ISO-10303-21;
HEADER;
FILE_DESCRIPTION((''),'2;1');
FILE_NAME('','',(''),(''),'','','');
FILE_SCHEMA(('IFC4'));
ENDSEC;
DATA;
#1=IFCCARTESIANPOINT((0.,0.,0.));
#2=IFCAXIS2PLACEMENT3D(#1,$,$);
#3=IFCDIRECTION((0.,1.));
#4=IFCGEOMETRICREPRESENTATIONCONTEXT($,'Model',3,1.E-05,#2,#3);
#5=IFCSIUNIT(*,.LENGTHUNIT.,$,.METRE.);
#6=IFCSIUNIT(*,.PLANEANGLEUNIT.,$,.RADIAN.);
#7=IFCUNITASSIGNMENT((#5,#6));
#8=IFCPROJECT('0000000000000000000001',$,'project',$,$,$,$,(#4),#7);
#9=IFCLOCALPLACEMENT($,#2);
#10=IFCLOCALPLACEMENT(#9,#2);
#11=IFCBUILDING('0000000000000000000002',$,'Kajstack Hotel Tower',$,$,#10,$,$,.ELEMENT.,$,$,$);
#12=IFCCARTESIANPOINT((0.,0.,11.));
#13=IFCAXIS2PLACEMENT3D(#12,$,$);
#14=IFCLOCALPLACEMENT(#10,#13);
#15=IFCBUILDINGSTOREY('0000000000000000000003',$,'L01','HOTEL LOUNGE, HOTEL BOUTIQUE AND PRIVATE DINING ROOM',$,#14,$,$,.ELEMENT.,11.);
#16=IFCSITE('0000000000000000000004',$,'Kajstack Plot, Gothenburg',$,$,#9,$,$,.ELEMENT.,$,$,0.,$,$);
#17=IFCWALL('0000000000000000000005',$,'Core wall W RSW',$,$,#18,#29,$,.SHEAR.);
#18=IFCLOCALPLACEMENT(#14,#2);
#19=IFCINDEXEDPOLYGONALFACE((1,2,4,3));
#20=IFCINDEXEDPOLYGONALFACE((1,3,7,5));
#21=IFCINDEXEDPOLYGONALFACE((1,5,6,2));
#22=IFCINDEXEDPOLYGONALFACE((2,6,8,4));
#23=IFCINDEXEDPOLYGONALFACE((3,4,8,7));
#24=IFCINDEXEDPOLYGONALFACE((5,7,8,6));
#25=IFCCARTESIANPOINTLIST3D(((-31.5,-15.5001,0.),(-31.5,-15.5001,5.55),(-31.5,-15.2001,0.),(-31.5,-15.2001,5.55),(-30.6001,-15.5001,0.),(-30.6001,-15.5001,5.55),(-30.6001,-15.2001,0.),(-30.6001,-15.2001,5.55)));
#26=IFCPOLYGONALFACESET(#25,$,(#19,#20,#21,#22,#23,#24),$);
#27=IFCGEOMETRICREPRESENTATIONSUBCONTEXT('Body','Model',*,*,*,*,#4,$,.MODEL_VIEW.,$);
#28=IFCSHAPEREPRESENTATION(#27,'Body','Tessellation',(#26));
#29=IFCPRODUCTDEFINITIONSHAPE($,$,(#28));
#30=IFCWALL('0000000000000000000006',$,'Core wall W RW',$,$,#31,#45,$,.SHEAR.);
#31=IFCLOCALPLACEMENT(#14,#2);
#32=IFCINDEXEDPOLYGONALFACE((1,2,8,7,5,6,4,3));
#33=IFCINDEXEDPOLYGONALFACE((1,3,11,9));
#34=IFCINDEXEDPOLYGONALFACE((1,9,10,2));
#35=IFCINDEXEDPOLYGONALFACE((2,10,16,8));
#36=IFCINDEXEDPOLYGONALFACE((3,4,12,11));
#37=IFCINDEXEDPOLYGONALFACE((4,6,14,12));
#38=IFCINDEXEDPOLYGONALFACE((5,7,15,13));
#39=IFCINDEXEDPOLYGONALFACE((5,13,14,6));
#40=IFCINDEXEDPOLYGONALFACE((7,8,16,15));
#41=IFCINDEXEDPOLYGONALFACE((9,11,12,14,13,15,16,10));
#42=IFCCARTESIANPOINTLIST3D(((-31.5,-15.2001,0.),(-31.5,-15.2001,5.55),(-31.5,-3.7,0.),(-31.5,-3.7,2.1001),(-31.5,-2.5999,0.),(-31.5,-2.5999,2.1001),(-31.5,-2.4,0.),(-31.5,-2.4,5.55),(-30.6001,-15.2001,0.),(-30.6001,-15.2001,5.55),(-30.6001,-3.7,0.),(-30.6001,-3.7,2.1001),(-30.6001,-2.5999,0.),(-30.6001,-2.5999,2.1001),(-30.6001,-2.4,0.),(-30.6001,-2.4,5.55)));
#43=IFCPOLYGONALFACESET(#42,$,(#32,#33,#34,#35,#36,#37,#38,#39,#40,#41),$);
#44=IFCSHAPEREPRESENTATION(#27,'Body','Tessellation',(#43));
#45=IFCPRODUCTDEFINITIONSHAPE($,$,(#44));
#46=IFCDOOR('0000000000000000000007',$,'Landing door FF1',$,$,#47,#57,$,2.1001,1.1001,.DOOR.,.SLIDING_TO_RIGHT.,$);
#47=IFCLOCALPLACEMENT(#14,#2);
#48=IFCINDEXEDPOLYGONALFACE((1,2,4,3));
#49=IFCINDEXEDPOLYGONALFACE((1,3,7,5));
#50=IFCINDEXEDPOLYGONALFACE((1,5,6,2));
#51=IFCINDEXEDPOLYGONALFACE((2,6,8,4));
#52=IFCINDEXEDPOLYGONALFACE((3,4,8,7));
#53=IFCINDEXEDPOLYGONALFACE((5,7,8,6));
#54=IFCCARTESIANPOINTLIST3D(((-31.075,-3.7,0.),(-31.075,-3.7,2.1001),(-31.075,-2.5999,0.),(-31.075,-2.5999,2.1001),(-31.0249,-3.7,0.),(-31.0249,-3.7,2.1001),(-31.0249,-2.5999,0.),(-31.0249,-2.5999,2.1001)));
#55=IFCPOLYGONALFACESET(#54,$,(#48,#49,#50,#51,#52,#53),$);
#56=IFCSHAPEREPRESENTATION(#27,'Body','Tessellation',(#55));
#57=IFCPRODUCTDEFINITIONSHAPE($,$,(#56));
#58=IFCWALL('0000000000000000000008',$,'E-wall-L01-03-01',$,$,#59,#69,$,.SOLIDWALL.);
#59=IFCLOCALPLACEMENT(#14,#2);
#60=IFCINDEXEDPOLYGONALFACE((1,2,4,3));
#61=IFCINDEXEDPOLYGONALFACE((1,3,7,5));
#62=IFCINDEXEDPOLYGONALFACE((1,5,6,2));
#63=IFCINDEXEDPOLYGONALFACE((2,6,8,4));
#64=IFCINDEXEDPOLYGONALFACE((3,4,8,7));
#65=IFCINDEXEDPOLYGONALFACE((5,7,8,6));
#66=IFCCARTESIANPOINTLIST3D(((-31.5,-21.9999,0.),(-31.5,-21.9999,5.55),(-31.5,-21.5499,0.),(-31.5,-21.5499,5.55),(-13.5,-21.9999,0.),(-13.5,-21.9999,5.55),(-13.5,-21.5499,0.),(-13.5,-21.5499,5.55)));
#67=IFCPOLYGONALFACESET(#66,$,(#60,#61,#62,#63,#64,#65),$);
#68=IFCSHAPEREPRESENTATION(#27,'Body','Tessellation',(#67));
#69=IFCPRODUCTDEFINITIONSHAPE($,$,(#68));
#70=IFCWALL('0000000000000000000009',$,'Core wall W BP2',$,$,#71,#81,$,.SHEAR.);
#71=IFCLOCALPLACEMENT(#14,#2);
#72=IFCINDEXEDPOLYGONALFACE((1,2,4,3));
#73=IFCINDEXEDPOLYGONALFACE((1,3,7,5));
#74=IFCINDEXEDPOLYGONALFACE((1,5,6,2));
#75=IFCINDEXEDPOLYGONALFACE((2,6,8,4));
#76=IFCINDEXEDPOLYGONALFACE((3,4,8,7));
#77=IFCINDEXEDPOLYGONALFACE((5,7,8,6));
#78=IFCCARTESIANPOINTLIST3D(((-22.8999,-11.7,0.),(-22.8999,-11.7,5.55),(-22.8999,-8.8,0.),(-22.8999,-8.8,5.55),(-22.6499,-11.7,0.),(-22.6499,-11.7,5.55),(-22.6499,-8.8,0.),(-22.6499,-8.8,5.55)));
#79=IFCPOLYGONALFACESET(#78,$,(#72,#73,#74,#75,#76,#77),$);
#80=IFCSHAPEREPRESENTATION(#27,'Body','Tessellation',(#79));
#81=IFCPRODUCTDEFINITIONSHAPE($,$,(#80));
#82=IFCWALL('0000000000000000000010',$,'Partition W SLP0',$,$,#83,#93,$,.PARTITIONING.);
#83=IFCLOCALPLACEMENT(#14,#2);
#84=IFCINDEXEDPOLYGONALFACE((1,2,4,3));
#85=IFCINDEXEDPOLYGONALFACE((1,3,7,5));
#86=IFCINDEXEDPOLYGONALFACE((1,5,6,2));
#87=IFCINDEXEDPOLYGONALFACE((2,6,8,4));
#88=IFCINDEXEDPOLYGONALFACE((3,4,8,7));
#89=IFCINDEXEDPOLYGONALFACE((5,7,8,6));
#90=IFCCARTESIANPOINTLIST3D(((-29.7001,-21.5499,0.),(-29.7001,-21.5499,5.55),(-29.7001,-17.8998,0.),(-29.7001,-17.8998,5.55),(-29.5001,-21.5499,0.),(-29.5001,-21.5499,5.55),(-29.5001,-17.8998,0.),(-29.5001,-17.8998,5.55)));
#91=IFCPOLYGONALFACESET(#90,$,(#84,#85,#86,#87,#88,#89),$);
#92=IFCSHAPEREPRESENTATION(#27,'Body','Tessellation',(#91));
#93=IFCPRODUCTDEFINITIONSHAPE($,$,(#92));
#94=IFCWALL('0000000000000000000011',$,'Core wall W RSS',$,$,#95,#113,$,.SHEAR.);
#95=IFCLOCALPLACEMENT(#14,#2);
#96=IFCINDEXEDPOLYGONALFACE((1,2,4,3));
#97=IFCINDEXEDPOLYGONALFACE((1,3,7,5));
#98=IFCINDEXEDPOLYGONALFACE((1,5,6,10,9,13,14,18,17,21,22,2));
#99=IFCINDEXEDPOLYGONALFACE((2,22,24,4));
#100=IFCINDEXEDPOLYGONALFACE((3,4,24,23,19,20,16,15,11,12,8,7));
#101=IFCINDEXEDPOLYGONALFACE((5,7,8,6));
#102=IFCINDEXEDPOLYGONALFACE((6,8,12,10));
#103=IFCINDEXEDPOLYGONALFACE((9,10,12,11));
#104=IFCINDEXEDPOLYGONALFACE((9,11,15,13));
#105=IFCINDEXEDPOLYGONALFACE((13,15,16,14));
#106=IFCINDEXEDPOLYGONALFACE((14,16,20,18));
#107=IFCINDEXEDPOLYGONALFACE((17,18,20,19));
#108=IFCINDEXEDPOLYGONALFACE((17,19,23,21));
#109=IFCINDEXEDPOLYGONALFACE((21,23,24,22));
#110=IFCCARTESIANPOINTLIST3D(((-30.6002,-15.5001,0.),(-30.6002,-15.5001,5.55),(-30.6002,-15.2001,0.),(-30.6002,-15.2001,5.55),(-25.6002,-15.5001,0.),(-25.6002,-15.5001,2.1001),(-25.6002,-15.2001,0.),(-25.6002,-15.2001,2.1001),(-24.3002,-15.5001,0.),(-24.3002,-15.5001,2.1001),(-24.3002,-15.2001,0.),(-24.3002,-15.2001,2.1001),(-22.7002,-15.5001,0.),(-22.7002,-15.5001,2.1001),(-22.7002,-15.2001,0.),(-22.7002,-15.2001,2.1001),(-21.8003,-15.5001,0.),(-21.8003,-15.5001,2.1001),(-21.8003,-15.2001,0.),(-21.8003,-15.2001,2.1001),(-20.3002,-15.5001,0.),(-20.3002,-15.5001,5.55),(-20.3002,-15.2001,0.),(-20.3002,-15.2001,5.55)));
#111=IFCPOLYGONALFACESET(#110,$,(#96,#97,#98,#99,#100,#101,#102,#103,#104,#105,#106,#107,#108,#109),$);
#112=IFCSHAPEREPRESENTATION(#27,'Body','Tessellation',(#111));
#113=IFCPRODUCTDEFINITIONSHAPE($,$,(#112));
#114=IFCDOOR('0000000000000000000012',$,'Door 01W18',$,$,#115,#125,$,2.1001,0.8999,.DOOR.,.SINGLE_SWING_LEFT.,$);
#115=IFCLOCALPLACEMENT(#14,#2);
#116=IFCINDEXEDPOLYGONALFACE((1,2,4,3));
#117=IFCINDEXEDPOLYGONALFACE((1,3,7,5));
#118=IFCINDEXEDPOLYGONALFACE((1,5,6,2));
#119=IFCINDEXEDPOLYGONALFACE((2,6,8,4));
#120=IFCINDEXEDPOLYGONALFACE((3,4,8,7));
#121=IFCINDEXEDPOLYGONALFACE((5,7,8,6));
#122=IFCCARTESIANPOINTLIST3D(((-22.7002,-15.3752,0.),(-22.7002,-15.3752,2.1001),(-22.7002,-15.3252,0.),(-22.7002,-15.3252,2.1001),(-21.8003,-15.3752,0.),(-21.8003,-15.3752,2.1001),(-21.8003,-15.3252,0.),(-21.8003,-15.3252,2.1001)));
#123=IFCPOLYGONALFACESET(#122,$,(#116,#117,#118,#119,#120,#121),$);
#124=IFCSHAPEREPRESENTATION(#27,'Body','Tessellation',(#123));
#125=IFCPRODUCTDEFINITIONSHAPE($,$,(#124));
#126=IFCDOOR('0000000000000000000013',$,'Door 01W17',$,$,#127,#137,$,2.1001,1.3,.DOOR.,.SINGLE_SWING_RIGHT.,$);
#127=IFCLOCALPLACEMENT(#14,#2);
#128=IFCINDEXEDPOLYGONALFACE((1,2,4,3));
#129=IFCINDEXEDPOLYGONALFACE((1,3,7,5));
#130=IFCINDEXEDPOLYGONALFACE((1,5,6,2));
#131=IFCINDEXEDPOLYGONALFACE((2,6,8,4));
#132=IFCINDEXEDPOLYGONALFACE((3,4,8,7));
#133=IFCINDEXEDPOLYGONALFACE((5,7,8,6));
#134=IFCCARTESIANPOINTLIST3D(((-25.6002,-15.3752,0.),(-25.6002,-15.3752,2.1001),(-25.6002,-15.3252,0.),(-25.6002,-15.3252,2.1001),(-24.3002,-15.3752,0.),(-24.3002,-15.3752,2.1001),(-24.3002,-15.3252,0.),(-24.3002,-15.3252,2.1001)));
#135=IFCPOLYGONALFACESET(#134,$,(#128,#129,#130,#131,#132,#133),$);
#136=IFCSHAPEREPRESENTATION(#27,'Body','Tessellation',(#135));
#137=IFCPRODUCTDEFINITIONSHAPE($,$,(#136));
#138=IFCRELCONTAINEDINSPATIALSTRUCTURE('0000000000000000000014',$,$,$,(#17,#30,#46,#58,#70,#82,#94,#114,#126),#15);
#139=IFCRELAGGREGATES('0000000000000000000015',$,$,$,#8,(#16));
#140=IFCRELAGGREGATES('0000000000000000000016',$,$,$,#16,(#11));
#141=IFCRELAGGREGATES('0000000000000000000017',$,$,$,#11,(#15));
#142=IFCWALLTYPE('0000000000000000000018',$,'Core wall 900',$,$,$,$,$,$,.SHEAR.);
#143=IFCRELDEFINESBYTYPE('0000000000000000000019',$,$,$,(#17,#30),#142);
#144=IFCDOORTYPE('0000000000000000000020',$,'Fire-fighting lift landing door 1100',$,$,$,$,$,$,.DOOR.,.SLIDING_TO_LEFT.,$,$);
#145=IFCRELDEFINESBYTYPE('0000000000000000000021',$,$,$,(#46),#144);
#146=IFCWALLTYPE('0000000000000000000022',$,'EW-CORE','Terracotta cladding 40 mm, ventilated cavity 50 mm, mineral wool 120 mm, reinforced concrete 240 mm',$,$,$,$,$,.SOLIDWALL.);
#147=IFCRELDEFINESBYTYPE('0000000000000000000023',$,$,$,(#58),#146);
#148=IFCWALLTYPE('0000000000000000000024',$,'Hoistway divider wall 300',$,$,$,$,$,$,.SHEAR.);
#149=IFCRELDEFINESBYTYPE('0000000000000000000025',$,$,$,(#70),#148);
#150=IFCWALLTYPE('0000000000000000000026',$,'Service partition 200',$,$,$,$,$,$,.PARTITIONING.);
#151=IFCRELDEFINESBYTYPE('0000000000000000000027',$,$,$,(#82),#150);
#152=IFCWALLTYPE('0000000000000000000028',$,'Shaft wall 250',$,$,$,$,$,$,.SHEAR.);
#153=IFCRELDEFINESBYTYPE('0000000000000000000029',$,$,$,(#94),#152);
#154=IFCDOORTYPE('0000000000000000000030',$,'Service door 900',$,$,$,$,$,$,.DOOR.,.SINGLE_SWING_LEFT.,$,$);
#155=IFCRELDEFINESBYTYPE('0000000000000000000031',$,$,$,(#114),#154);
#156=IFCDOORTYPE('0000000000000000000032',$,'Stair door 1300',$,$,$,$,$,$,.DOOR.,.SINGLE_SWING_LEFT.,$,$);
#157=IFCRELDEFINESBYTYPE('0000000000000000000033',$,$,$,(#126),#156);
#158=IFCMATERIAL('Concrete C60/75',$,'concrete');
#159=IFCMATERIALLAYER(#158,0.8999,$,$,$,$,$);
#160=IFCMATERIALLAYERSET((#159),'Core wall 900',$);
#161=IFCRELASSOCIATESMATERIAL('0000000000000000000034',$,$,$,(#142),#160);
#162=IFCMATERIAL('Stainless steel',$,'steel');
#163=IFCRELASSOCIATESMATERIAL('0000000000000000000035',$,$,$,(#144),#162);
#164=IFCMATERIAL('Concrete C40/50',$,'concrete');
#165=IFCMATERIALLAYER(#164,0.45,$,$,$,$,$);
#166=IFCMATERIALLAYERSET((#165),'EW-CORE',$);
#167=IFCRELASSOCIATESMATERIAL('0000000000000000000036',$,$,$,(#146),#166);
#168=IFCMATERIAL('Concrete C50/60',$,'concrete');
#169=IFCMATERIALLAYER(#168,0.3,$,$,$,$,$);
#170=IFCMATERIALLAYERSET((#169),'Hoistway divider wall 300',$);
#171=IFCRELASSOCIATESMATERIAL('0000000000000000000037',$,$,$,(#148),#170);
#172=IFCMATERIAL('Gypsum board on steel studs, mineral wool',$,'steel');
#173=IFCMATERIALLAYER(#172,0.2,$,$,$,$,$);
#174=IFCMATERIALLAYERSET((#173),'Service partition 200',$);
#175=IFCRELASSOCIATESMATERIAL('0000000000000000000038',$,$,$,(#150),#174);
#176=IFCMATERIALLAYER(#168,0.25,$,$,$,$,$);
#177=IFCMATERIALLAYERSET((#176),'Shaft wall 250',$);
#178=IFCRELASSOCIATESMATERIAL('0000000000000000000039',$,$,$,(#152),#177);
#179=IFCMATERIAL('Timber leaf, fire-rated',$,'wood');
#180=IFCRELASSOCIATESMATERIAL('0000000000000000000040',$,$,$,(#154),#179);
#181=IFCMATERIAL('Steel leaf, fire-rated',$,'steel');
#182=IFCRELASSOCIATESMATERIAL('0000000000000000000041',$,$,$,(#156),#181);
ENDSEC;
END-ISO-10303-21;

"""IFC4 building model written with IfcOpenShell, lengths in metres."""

from ifc_helpers import new_model, si_unit, direction, frame, frame_2d, origin, place, context, subcontext, project, spatial, rectangle, extrude, material, layer, layer_set, type_object, element, fill, save


model = new_model("IFC4")

# Units and contexts
model_context = context("Model", 3, precision=1e-05, world=origin(), true_north=direction((0.0, 1.0)))
body_context = subcontext(model_context, "Body", "Model", "MODEL_VIEW")
ifc_project = project(units=[si_unit("LENGTHUNIT", "METRE"), si_unit("PLANEANGLEUNIT", "RADIAN")], contexts=[model_context])

# Site, building, storey
site_placement = place(None, origin())
site = spatial("IfcSite", under=ifc_project, at=site_placement, Name="Kajstack Plot, Gothenburg", CompositionType="ELEMENT", RefElevation=0.0)
building_placement = place(site_placement, origin())
building = spatial("IfcBuilding", under=site, at=building_placement, Name="Kajstack Hotel Tower", CompositionType="ELEMENT")
storey_placement = place(building_placement, frame((0.0, 0.0, 11.0)))
storey = spatial("IfcBuildingStorey", under=building, at=storey_placement, Name="L01", Description="HOTEL LOUNGE, HOTEL BOUTIQUE AND PRIVATE DINING ROOM", CompositionType="ELEMENT", Elevation=11.0)

# Wall
ifc_material_1 = material(Name="Concrete C60/75", Category="concrete")
ifc_layer_1 = layer(ifc_material_1, 0.8999)
ifc_layer_set_1 = layer_set([ifc_layer_1], Name="Core wall 900")
wall_type_1 = type_object("IfcWallType", Name="Core wall 900", PredefinedType="SHEAR", material=ifc_layer_set_1)
wall_1_placement = place(storey_placement, frame((-31.5, -15.3501, 0.0), z_axis=(0.0, 0.0, 1.0), x_axis=(1.0, 0.0, 0.0)))
element("IfcWall", 1, at=wall_1_placement, inside=storey, type_object=wall_type_1, Name="Core wall W RSW", PredefinedType="SHEAR", context=body_context, shape_type="SweptSolid", body=[
    extrude(rectangle(XDim=0.8999, YDim=0.3, at=frame_2d((0.45, 0.0))), origin(), (0.0, 0.0, 1.0), 5.55),
])

# Wall, opening, door
wall_2_placement = place(storey_placement, frame((-31.05, -15.2, 0.0), z_axis=(0.0, 0.0, 1.0), x_axis=(0.0, 1.0, 0.0)))
wall_2 = element("IfcWall", 2, at=wall_2_placement, inside=storey, type_object=wall_type_1, Name="Core wall W RW", PredefinedType="SHEAR", context=body_context, shape_type="SweptSolid", body=[
    extrude(rectangle(XDim=12.8, YDim=0.8999, at=frame_2d((6.3999, 0.0))), origin(), (0.0, 0.0, 1.0), 5.55),
])
opening_1_placement = place(wall_2_placement, frame((11.5, 0.0, 0.0)))
opening_1 = element("IfcOpeningElement", 3, at=opening_1_placement, cuts=wall_2, PredefinedType="OPENING", context=body_context, shape_type="SweptSolid", body=[
    extrude(rectangle(XDim=1.1001, YDim=2.1001, at=frame_2d((0.55, 1.05))), frame((0.0, 0.46, 0.0), z_axis=(0.0, -1.0, 0.0), x_axis=(1.0, 0.0, 0.0)), (0.0, 0.0, 1.0), 0.9199),
])
ifc_material_2 = material(Name="Stainless steel", Category="steel")
door_type_1 = type_object("IfcDoorType", Name="Fire-fighting lift landing door 1100", OperationType="SLIDING_TO_LEFT", PredefinedType="DOOR", material=ifc_material_2)
door_1_placement = place(opening_1_placement, origin())
door_1 = element("IfcDoor", 4, at=door_1_placement, inside=storey, type_object=door_type_1, Name="Landing door FF1", OperationType="SLIDING_TO_RIGHT", OverallHeight=2.1001, OverallWidth=1.1001, PredefinedType="DOOR", context=body_context, shape_type="SweptSolid", body=[
    extrude(rectangle(XDim=1.1001, YDim=2.1001, at=frame_2d((0.55, 1.05))), frame((0.0, 0.0249, 0.0), z_axis=(0.0, -1.0, 0.0), x_axis=(1.0, 0.0, 0.0)), (0.0, 0.0, 1.0), 0.05),
])
fill(opening_1, door_1)

# Walls
ifc_material_3 = material(Name="Concrete C40/50", Category="concrete")
ifc_layer_2 = layer(ifc_material_3, 0.45)
ifc_layer_set_2 = layer_set([ifc_layer_2], Name="EW-CORE")
wall_type_2 = type_object("IfcWallType", Name="EW-CORE", Description="Terracotta cladding 40 mm, ventilated cavity 50 mm, mineral wool 120 mm, reinforced concrete 240 mm", PredefinedType="SOLIDWALL", material=ifc_layer_set_2)
wall_3_placement = place(storey_placement, frame((-31.5, -21.7749, 0.0), z_axis=(0.0, 0.0, 1.0), x_axis=(1.0, 0.0, 0.0)))
element("IfcWall", 5, at=wall_3_placement, inside=storey, type_object=wall_type_2, Name="E-wall-L01-03-01", PredefinedType="SOLIDWALL", context=body_context, shape_type="SweptSolid", body=[
    extrude(rectangle(XDim=18.0, YDim=0.45, at=frame_2d((9.0, 0.0))), origin(), (0.0, 0.0, 1.0), 5.55),
])
ifc_material_4 = material(Name="Concrete C50/60", Category="concrete")
ifc_layer_3 = layer(ifc_material_4, 0.3)
ifc_layer_set_3 = layer_set([ifc_layer_3], Name="Hoistway divider wall 300")
wall_type_3 = type_object("IfcWallType", Name="Hoistway divider wall 300", PredefinedType="SHEAR", material=ifc_layer_set_3)
wall_4_placement = place(storey_placement, frame((-22.7749, -11.7, 0.0), z_axis=(0.0, 0.0, 1.0), x_axis=(0.0, 1.0, 0.0)))
element("IfcWall", 6, at=wall_4_placement, inside=storey, type_object=wall_type_3, Name="Core wall W BP2", PredefinedType="SHEAR", context=body_context, shape_type="SweptSolid", body=[
    extrude(rectangle(XDim=2.8999, YDim=0.25, at=frame_2d((1.45, 0.0))), origin(), (0.0, 0.0, 1.0), 5.55),
])
ifc_material_5 = material(Name="Gypsum board on steel studs, mineral wool", Category="steel")
ifc_layer_4 = layer(ifc_material_5, 0.2)
ifc_layer_set_4 = layer_set([ifc_layer_4], Name="Service partition 200")
wall_type_4 = type_object("IfcWallType", Name="Service partition 200", PredefinedType="PARTITIONING", material=ifc_layer_set_4)
wall_5_placement = place(storey_placement, frame((-29.6001, -21.55, 0.0), z_axis=(0.0, 0.0, 1.0), x_axis=(0.0, 1.0, 0.0)))
element("IfcWall", 7, at=wall_5_placement, inside=storey, type_object=wall_type_4, Name="Partition W SLP0", PredefinedType="PARTITIONING", context=body_context, shape_type="SweptSolid", body=[
    extrude(rectangle(XDim=3.6501, YDim=0.2, at=frame_2d((1.8252, 0.0))), origin(), (0.0, 0.0, 1.0), 5.55),
])

# Wall, openings, doors
ifc_layer_5 = layer(ifc_material_4, 0.25)
ifc_layer_set_5 = layer_set([ifc_layer_5], Name="Shaft wall 250")
wall_type_5 = type_object("IfcWallType", Name="Shaft wall 250", PredefinedType="SHEAR", material=ifc_layer_set_5)
wall_6_placement = place(storey_placement, frame((-30.6001, -15.3501, 0.0), z_axis=(0.0, 0.0, 1.0), x_axis=(1.0, 0.0, 0.0)))
wall_6 = element("IfcWall", 8, at=wall_6_placement, inside=storey, type_object=wall_type_5, Name="Core wall W RSS", PredefinedType="SHEAR", context=body_context, shape_type="SweptSolid", body=[
    extrude(rectangle(XDim=10.3, YDim=0.3, at=frame_2d((5.1499, 0.0))), origin(), (0.0, 0.0, 1.0), 5.55),
])
opening_2_placement = place(wall_6_placement, frame((5.0, 0.0, 0.0)))
opening_2 = element("IfcOpeningElement", 9, at=opening_2_placement, cuts=wall_6, PredefinedType="OPENING", context=body_context, shape_type="SweptSolid", body=[
    extrude(rectangle(XDim=1.3, YDim=2.1001, at=frame_2d((0.6499, 1.05))), frame((0.0, 0.1599, 0.0), z_axis=(0.0, -1.0, 0.0), x_axis=(1.0, 0.0, 0.0)), (0.0, 0.0, 1.0), 0.3201),
])
opening_3_placement = place(wall_6_placement, frame((7.8999, 0.0, 0.0)))
opening_3 = element("IfcOpeningElement", 10, at=opening_3_placement, cuts=wall_6, PredefinedType="OPENING", context=body_context, shape_type="SweptSolid", body=[
    extrude(rectangle(XDim=0.8999, YDim=2.1001, at=frame_2d((0.45, 1.05))), frame((0.0, 0.1599, 0.0), z_axis=(0.0, -1.0, 0.0), x_axis=(1.0, 0.0, 0.0)), (0.0, 0.0, 1.0), 0.3201),
])
ifc_material_6 = material(Name="Timber leaf, fire-rated", Category="wood")
door_type_2 = type_object("IfcDoorType", Name="Service door 900", OperationType="SINGLE_SWING_LEFT", PredefinedType="DOOR", material=ifc_material_6)
door_2_placement = place(opening_3_placement, origin())
door_2 = element("IfcDoor", 11, at=door_2_placement, inside=storey, type_object=door_type_2, Name="Door 01W18", OperationType="SINGLE_SWING_LEFT", OverallHeight=2.1001, OverallWidth=0.8999, PredefinedType="DOOR", context=body_context, shape_type="SweptSolid", body=[
    extrude(rectangle(XDim=0.8999, YDim=2.1001, at=frame_2d((0.45, 1.05))), frame((0.0, 0.0249, 0.0), z_axis=(0.0, -1.0, 0.0), x_axis=(1.0, 0.0, 0.0)), (0.0, 0.0, 1.0), 0.05),
])
fill(opening_3, door_2)
ifc_material_7 = material(Name="Steel leaf, fire-rated", Category="steel")
door_type_3 = type_object("IfcDoorType", Name="Stair door 1300", OperationType="SINGLE_SWING_LEFT", PredefinedType="DOOR", material=ifc_material_7)
door_3_placement = place(opening_2_placement, origin())
door_3 = element("IfcDoor", 12, at=door_3_placement, inside=storey, type_object=door_type_3, Name="Door 01W17", OperationType="SINGLE_SWING_RIGHT", OverallHeight=2.1001, OverallWidth=1.3, PredefinedType="DOOR", context=body_context, shape_type="SweptSolid", body=[
    extrude(rectangle(XDim=1.3, YDim=2.1001, at=frame_2d((0.6499, 1.05))), frame((0.0, 0.0249, 0.0), z_axis=(0.0, -1.0, 0.0), x_axis=(1.0, 0.0, 0.0)), (0.0, 0.0, 1.0), 0.05),
])
fill(opening_2, door_3)

save(model, "model.ifc")
